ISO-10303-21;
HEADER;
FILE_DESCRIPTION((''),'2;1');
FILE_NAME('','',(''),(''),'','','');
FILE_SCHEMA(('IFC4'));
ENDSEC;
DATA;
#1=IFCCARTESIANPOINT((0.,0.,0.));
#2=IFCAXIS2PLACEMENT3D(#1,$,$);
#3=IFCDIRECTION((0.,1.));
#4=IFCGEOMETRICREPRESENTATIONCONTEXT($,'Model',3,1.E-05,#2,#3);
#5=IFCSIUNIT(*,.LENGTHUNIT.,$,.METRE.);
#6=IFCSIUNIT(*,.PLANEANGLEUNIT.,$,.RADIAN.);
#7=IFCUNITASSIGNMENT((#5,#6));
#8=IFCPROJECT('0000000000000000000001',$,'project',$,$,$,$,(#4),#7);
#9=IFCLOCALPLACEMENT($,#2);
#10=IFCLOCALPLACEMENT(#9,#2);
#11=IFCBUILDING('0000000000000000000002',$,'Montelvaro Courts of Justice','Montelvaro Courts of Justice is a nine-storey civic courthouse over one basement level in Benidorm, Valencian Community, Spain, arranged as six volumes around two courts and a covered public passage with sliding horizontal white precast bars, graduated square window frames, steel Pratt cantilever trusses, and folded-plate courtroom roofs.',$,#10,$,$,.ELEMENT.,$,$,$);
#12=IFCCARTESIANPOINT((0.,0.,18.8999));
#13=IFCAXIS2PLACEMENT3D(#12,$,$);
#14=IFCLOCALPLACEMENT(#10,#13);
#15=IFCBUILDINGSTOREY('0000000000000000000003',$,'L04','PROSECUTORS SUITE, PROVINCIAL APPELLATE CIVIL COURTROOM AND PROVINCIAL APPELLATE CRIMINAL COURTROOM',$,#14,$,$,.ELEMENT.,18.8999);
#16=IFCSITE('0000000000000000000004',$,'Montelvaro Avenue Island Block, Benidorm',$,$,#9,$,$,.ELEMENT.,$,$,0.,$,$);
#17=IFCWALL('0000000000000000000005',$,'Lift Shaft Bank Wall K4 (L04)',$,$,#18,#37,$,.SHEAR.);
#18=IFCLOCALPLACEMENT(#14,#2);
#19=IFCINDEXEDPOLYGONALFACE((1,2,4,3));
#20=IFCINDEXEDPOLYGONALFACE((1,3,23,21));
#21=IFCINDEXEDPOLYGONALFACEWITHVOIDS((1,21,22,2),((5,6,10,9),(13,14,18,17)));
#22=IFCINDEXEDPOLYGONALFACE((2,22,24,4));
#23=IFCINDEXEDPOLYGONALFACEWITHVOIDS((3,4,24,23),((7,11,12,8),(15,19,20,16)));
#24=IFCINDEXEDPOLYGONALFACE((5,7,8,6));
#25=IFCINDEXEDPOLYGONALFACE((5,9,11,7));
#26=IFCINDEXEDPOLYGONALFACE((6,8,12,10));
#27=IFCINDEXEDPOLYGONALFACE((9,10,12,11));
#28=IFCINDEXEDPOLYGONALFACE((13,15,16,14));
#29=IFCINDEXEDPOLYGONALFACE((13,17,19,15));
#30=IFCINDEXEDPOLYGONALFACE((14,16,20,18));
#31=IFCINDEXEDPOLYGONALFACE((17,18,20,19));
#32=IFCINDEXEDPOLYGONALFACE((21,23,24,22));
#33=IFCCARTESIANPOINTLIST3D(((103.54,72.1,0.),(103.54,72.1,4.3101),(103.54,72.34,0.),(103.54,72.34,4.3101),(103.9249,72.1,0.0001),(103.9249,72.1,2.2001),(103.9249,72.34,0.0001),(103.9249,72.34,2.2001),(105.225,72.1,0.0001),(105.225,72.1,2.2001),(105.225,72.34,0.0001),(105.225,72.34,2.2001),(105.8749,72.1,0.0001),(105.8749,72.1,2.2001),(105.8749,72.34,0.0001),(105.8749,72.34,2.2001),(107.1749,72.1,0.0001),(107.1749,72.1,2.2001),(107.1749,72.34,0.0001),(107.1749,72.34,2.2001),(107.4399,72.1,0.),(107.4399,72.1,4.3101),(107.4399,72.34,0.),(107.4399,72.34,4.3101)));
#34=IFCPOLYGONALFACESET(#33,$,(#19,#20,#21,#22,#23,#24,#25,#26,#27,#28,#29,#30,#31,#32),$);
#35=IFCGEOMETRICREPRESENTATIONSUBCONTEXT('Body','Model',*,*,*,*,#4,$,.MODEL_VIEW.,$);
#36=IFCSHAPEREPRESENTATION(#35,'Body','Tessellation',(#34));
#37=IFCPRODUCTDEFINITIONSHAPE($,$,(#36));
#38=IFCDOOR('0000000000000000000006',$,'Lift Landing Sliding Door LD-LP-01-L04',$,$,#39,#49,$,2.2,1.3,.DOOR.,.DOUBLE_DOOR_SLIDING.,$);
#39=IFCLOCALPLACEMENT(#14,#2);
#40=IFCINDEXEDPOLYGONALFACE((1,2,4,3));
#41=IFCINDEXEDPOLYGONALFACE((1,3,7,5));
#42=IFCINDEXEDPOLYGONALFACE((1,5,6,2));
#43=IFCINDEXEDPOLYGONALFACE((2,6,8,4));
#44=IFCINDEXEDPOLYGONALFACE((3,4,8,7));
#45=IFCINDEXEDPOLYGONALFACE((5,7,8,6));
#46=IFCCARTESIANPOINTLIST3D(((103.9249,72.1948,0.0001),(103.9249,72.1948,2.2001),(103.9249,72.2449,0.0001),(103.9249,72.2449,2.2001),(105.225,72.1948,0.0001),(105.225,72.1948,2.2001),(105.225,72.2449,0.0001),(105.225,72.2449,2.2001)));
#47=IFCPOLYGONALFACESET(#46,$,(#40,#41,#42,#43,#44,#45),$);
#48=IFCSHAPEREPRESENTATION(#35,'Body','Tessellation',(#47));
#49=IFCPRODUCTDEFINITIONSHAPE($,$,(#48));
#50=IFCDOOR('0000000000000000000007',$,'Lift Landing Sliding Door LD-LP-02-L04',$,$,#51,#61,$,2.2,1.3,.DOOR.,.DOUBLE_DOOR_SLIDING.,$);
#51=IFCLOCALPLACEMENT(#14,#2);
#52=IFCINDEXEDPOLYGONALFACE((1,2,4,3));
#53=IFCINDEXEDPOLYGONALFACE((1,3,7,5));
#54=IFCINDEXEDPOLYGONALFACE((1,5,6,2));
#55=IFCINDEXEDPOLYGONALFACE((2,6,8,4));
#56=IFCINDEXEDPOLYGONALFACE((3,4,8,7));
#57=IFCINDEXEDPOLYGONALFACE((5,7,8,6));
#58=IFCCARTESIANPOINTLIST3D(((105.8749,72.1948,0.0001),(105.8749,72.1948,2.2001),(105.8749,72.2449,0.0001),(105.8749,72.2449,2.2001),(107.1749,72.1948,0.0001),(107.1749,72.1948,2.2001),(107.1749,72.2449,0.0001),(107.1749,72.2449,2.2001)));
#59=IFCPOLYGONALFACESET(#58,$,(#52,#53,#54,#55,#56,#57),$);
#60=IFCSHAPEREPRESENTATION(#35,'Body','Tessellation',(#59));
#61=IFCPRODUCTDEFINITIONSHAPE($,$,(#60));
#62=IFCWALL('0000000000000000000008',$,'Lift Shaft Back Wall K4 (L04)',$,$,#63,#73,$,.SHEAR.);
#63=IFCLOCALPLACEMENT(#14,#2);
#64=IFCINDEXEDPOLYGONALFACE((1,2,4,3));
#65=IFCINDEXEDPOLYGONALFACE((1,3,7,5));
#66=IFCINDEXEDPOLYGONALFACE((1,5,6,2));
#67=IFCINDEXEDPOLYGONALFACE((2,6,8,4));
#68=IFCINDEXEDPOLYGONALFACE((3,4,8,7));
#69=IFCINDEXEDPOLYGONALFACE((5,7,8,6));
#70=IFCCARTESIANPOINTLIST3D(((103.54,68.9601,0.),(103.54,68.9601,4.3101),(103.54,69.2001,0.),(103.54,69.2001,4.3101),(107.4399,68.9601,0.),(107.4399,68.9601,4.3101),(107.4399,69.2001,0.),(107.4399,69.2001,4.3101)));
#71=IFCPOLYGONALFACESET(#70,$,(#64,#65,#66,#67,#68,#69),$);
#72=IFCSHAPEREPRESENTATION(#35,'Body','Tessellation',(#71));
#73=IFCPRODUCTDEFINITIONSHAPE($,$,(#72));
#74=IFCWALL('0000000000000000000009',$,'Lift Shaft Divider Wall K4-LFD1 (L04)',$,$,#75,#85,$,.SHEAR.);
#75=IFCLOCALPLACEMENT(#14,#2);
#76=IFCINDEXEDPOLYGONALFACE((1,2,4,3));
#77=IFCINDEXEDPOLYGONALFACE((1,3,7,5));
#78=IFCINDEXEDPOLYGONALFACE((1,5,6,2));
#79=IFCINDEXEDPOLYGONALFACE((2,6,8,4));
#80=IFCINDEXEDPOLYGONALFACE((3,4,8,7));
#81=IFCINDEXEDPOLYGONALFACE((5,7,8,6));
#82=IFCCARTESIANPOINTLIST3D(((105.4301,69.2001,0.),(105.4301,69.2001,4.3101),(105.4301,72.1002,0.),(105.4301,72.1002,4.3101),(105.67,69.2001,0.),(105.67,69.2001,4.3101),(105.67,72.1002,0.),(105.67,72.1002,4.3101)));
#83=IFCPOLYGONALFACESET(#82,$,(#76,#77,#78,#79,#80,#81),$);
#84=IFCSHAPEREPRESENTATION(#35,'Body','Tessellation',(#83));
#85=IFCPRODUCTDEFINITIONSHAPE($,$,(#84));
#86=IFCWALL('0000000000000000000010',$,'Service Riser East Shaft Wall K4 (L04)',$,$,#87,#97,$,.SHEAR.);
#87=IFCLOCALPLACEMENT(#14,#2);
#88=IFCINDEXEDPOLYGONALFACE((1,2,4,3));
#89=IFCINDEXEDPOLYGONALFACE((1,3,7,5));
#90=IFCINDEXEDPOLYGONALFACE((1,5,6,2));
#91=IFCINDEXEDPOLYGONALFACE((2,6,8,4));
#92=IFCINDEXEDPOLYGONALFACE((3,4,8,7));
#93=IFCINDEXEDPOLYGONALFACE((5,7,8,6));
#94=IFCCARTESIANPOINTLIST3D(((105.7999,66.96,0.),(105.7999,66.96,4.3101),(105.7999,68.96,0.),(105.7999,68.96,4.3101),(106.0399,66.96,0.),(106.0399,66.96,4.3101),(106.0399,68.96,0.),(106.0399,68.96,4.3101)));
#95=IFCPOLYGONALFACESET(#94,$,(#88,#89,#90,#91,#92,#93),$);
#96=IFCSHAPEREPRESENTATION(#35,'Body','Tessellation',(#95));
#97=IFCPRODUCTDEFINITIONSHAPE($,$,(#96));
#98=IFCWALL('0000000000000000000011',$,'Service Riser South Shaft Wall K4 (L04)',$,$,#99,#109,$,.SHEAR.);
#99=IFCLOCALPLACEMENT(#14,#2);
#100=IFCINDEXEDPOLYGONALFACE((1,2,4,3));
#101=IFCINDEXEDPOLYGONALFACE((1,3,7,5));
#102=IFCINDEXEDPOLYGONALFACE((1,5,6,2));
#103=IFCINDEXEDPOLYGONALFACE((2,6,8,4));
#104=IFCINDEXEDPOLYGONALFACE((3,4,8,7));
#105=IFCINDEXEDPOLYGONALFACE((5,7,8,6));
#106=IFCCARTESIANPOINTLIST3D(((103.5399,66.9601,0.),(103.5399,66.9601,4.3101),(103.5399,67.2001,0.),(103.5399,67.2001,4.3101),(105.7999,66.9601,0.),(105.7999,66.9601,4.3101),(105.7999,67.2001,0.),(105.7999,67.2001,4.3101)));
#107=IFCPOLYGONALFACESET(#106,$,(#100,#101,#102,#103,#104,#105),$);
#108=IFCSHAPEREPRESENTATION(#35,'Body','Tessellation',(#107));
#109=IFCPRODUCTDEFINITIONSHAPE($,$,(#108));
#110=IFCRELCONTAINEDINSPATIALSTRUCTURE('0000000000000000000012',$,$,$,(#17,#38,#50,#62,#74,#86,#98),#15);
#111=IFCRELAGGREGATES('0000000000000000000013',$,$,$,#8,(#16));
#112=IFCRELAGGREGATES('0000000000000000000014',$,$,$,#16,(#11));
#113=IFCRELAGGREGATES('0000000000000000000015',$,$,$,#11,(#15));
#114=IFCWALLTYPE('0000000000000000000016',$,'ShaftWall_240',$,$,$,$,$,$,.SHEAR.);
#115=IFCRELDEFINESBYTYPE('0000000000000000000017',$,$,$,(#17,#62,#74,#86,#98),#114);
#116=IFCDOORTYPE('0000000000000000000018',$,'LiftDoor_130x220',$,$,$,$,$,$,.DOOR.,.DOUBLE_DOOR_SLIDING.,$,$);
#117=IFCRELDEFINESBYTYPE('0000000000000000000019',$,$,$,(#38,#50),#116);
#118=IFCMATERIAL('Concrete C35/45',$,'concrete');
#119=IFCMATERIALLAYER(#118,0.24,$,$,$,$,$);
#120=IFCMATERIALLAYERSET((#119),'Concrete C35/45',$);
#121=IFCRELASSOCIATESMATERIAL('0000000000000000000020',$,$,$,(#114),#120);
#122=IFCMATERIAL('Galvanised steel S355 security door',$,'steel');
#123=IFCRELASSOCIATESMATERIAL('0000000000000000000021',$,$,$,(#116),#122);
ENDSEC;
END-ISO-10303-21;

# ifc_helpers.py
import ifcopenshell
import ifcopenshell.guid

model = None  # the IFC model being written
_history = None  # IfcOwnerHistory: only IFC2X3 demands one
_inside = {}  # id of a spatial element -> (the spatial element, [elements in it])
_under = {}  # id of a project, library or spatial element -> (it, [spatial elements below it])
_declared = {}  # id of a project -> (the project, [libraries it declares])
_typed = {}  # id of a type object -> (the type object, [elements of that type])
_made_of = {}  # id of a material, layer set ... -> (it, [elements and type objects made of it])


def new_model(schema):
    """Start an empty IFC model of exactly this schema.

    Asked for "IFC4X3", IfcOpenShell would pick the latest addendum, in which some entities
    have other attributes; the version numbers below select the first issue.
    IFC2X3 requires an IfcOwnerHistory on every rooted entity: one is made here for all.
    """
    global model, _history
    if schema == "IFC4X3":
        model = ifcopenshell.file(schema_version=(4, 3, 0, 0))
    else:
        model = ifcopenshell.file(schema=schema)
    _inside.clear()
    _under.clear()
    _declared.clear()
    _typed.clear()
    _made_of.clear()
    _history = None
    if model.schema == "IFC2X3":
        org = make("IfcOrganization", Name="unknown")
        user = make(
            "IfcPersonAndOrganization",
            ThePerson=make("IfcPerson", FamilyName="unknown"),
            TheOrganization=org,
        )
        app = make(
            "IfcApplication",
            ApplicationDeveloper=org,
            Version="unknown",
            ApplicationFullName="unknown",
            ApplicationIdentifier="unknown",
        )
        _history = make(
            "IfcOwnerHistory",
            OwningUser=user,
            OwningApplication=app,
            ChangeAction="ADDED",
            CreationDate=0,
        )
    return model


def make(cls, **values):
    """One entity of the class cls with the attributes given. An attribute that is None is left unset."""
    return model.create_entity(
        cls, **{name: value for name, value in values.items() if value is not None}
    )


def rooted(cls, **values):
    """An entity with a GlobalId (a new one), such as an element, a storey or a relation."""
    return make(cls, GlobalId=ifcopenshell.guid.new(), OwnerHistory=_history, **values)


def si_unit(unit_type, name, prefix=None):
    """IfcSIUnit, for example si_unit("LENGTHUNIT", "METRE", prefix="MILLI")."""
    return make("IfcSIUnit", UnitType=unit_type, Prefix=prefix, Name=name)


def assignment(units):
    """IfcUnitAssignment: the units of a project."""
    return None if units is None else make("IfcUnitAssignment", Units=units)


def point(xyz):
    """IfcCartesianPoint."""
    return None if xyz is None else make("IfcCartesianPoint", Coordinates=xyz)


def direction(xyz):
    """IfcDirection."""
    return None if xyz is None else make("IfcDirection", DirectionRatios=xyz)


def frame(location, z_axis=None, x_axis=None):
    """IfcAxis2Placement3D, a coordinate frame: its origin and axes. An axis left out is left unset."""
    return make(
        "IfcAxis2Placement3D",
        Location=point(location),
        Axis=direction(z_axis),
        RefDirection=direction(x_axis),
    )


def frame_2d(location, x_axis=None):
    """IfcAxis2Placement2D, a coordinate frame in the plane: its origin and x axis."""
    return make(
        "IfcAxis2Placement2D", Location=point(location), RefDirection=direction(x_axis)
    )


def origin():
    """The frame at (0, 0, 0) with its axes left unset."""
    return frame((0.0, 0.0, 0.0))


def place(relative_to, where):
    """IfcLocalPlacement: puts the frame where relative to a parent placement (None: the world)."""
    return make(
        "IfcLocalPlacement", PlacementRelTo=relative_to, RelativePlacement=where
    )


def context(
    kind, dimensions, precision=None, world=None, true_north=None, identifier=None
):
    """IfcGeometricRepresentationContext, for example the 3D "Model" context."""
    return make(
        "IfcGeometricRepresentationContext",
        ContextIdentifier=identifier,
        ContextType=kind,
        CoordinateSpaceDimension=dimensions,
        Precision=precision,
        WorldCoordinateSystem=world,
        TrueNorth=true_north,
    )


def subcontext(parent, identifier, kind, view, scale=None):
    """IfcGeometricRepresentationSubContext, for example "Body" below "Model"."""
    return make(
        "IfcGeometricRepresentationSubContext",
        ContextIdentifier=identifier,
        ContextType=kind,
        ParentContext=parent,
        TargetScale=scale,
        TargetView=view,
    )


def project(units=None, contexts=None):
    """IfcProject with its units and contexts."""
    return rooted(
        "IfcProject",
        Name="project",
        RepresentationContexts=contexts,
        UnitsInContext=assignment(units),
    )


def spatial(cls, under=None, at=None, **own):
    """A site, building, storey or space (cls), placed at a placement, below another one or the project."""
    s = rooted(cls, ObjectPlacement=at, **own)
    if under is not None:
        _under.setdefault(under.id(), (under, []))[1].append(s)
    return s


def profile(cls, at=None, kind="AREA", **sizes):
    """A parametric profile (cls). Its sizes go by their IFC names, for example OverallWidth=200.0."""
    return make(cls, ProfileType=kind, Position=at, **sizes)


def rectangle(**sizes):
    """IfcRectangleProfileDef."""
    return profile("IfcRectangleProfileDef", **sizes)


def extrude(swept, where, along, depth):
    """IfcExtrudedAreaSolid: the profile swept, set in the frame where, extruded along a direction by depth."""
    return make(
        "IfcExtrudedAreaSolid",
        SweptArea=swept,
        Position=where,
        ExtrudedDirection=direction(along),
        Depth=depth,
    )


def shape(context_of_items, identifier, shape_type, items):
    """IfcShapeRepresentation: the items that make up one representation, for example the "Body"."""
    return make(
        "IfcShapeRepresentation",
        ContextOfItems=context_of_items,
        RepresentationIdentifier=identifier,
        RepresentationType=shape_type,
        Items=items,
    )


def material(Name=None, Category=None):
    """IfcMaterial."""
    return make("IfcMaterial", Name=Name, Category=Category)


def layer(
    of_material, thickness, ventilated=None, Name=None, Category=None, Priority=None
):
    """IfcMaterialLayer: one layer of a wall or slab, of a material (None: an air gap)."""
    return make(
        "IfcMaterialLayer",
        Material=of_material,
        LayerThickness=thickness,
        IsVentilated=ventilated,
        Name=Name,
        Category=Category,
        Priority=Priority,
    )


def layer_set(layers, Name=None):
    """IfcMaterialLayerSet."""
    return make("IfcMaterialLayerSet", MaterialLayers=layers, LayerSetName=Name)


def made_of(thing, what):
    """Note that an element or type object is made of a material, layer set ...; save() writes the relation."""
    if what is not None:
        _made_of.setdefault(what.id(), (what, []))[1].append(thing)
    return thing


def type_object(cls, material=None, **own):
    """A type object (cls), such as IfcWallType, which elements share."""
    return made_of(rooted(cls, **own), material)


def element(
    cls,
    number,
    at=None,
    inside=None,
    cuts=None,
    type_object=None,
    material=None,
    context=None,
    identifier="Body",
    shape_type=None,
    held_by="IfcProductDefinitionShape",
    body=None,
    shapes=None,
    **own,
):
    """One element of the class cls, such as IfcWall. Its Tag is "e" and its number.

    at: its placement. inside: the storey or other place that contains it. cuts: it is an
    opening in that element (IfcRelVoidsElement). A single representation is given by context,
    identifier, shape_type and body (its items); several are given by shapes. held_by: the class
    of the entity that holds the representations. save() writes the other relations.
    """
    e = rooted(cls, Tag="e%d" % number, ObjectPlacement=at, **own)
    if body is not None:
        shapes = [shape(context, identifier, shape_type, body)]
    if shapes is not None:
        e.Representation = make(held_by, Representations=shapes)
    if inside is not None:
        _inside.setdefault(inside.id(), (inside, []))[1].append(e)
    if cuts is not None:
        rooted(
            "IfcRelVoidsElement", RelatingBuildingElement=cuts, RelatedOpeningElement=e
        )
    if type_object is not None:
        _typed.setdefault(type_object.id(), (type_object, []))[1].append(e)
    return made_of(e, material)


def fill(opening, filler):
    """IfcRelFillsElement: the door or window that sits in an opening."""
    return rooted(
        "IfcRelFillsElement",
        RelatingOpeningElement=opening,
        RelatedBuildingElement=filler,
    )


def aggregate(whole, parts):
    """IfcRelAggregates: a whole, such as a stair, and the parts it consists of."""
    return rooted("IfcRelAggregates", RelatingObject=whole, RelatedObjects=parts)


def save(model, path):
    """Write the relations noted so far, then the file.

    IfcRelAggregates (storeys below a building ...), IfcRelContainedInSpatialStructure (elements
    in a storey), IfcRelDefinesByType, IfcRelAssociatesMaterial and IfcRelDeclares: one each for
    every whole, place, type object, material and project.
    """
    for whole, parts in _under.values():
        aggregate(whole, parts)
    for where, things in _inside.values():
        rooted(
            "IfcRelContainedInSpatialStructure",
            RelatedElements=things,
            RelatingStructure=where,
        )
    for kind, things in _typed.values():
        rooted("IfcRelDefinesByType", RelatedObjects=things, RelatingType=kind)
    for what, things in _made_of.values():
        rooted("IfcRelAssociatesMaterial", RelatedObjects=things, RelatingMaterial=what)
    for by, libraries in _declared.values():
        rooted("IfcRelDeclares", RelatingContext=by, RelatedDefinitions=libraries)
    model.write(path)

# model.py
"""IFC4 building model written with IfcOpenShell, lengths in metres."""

from ifc_helpers import new_model, si_unit, direction, frame, frame_2d, origin, place, context, subcontext, project, spatial, rectangle, extrude, material, layer, layer_set, type_object, element, fill, save


model = new_model("IFC4")

# Units and contexts
model_context = context("Model", 3, precision=1e-05, world=origin(), true_north=direction((0.0, 1.0)))
body_context = subcontext(model_context, "Body", "Model", "MODEL_VIEW")
ifc_project = project(units=[si_unit("LENGTHUNIT", "METRE"), si_unit("PLANEANGLEUNIT", "RADIAN")], contexts=[model_context])

# Site, building, storey
site_placement = place(None, origin())
site = spatial("IfcSite", under=ifc_project, at=site_placement, Name="Montelvaro Avenue Island Block, Benidorm", CompositionType="ELEMENT", RefElevation=0.0)
building_placement = place(site_placement, origin())
building = spatial("IfcBuilding", under=site, at=building_placement, Name="Montelvaro Courts of Justice", Description="Montelvaro Courts of Justice is a nine-storey civic courthouse over one basement level in Benidorm, Valencian Community, Spain, arranged as six volumes around two courts and a covered public passage with sliding horizontal white precast bars, graduated square window frames, steel Pratt cantilever trusses, and folded-plate courtroom roofs.", CompositionType="ELEMENT")
storey_placement = place(building_placement, frame((0.0, 0.0, 18.8999)))
storey = spatial("IfcBuildingStorey", under=building, at=storey_placement, Name="L04", Description="PROSECUTORS SUITE, PROVINCIAL APPELLATE CIVIL COURTROOM AND PROVINCIAL APPELLATE CRIMINAL COURTROOM", CompositionType="ELEMENT", Elevation=18.8999)

# Shared definitions
ifc_material_1 = material(Name="Galvanised steel S355 security door", Category="steel")

# Shared definitions
ifc_material_2 = material(Name="Concrete C35/45", Category="concrete")
ifc_layer_1 = layer(ifc_material_2, 0.24)
ifc_layer_set_1 = layer_set([ifc_layer_1], Name="Concrete C35/45")
wall_type_1 = type_object("IfcWallType", Name="ShaftWall_240", PredefinedType="SHEAR", material=ifc_layer_set_1)

# Wall, openings, doors
wall_1_placement = place(storey_placement, frame((103.54, 72.22, 0.0), z_axis=(0.0, 0.0, 1.0), x_axis=(1.0, 0.0, 0.0)))
wall_1 = element("IfcWall", 1, at=wall_1_placement, inside=storey, type_object=wall_type_1, Name="Lift Shaft Bank Wall K4 (L04)", PredefinedType="SHEAR", context=body_context, shape_type="SweptSolid", body=[
    extrude(rectangle(XDim=3.8999, YDim=0.24, at=frame_2d((1.95, 0.0))), origin(), (0.0, 0.0, 1.0), 4.3101),
])
opening_1_placement = place(wall_1_placement, frame((0.385, 0.0, 0.0)))
opening_1 = element("IfcOpeningElement", 2, at=opening_1_placement, cuts=wall_1, PredefinedType="OPENING", context=body_context, shape_type="SweptSolid", body=[
    extrude(rectangle(XDim=1.3, YDim=2.2, at=frame_2d((0.6499, 1.1001))), frame((0.0, 0.1348, 0.0), z_axis=(0.0, -1.0, 0.0), x_axis=(1.0, 0.0, 0.0)), (0.0, 0.0, 1.0), 0.2698),
])
opening_2_placement = place(wall_1_placement, frame((2.335, 0.0, 0.0)))
opening_2 = element("IfcOpeningElement", 3, at=opening_2_placement, cuts=wall_1, PredefinedType="OPENING", context=body_context, shape_type="SweptSolid", body=[
    extrude(rectangle(XDim=1.3, YDim=2.2, at=frame_2d((0.6499, 1.1001))), frame((0.0, 0.1348, 0.0), z_axis=(0.0, -1.0, 0.0), x_axis=(1.0, 0.0, 0.0)), (0.0, 0.0, 1.0), 0.2698),
])
door_type_1 = type_object("IfcDoorType", Name="LiftDoor_130x220", OperationType="DOUBLE_DOOR_SLIDING", PredefinedType="DOOR", material=ifc_material_1)
door_1_placement = place(opening_1_placement, origin())
door_1 = element("IfcDoor", 4, at=door_1_placement, inside=storey, type_object=door_type_1, Name="Lift Landing Sliding Door LD-LP-01-L04", OperationType="DOUBLE_DOOR_SLIDING", OverallHeight=2.2, OverallWidth=1.3, PredefinedType="DOOR", context=body_context, shape_type="SweptSolid", body=[
    extrude(rectangle(XDim=1.3, YDim=2.2, at=frame_2d((0.6499, 1.1001))), frame((0.0, 0.0249, 0.0), z_axis=(0.0, -1.0, 0.0), x_axis=(1.0, 0.0, 0.0)), (0.0, 0.0, 1.0), 0.05),
])
fill(opening_1, door_1)
door_2_placement = place(opening_2_placement, origin())
door_2 = element("IfcDoor", 5, at=door_2_placement, inside=storey, type_object=door_type_1, Name="Lift Landing Sliding Door LD-LP-02-L04", OperationType="DOUBLE_DOOR_SLIDING", OverallHeight=2.2, OverallWidth=1.3, PredefinedType="DOOR", context=body_context, shape_type="SweptSolid", body=[
    extrude(rectangle(XDim=1.3, YDim=2.2, at=frame_2d((0.6499, 1.1001))), frame((0.0, 0.0249, 0.0), z_axis=(0.0, -1.0, 0.0), x_axis=(1.0, 0.0, 0.0)), (0.0, 0.0, 1.0), 0.05),
])
fill(opening_2, door_2)

# Walls
wall_2_placement = place(storey_placement, frame((103.54, 69.0801, 0.0), z_axis=(0.0, 0.0, 1.0), x_axis=(1.0, 0.0, 0.0)))
element("IfcWall", 6, at=wall_2_placement, inside=storey, type_object=wall_type_1, Name="Lift Shaft Back Wall K4 (L04)", PredefinedType="SHEAR", context=body_context, shape_type="SweptSolid", body=[
    extrude(rectangle(XDim=3.8999, YDim=0.24, at=frame_2d((1.95, 0.0))), origin(), (0.0, 0.0, 1.0), 4.3101),
])
wall_3_placement = place(storey_placement, frame((105.55, 69.2, 0.0), z_axis=(0.0, 0.0, 1.0), x_axis=(0.0, 1.0, 0.0)))
element("IfcWall", 7, at=wall_3_placement, inside=storey, type_object=wall_type_1, Name="Lift Shaft Divider Wall K4-LFD1 (L04)", PredefinedType="SHEAR", context=body_context, shape_type="SweptSolid", body=[
    extrude(rectangle(XDim=2.9001, YDim=0.24, at=frame_2d((1.4502, 0.0))), origin(), (0.0, 0.0, 1.0), 4.3101),
])
wall_4_placement = place(storey_placement, frame((105.9199, 66.96, 0.0), z_axis=(0.0, 0.0, 1.0), x_axis=(0.0, 1.0, 0.0)))
element("IfcWall", 8, at=wall_4_placement, inside=storey, type_object=wall_type_1, Name="Service Riser East Shaft Wall K4 (L04)", PredefinedType="SHEAR", context=body_context, shape_type="SweptSolid", body=[
    extrude(rectangle(XDim=2.0, YDim=0.24, at=frame_2d((1.0, 0.0))), origin(), (0.0, 0.0, 1.0), 4.3101),
])
wall_5_placement = place(storey_placement, frame((103.54, 67.0801, 0.0), z_axis=(0.0, 0.0, 1.0), x_axis=(1.0, 0.0, 0.0)))
element("IfcWall", 9, at=wall_5_placement, inside=storey, type_object=wall_type_1, Name="Service Riser South Shaft Wall K4 (L04)", PredefinedType="SHEAR", context=body_context, shape_type="SweptSolid", body=[
    extrude(rectangle(XDim=2.26, YDim=0.24, at=frame_2d((1.1299, 0.0))), origin(), (0.0, 0.0, 1.0), 4.3101),
])

save(model, "model.ifc")
